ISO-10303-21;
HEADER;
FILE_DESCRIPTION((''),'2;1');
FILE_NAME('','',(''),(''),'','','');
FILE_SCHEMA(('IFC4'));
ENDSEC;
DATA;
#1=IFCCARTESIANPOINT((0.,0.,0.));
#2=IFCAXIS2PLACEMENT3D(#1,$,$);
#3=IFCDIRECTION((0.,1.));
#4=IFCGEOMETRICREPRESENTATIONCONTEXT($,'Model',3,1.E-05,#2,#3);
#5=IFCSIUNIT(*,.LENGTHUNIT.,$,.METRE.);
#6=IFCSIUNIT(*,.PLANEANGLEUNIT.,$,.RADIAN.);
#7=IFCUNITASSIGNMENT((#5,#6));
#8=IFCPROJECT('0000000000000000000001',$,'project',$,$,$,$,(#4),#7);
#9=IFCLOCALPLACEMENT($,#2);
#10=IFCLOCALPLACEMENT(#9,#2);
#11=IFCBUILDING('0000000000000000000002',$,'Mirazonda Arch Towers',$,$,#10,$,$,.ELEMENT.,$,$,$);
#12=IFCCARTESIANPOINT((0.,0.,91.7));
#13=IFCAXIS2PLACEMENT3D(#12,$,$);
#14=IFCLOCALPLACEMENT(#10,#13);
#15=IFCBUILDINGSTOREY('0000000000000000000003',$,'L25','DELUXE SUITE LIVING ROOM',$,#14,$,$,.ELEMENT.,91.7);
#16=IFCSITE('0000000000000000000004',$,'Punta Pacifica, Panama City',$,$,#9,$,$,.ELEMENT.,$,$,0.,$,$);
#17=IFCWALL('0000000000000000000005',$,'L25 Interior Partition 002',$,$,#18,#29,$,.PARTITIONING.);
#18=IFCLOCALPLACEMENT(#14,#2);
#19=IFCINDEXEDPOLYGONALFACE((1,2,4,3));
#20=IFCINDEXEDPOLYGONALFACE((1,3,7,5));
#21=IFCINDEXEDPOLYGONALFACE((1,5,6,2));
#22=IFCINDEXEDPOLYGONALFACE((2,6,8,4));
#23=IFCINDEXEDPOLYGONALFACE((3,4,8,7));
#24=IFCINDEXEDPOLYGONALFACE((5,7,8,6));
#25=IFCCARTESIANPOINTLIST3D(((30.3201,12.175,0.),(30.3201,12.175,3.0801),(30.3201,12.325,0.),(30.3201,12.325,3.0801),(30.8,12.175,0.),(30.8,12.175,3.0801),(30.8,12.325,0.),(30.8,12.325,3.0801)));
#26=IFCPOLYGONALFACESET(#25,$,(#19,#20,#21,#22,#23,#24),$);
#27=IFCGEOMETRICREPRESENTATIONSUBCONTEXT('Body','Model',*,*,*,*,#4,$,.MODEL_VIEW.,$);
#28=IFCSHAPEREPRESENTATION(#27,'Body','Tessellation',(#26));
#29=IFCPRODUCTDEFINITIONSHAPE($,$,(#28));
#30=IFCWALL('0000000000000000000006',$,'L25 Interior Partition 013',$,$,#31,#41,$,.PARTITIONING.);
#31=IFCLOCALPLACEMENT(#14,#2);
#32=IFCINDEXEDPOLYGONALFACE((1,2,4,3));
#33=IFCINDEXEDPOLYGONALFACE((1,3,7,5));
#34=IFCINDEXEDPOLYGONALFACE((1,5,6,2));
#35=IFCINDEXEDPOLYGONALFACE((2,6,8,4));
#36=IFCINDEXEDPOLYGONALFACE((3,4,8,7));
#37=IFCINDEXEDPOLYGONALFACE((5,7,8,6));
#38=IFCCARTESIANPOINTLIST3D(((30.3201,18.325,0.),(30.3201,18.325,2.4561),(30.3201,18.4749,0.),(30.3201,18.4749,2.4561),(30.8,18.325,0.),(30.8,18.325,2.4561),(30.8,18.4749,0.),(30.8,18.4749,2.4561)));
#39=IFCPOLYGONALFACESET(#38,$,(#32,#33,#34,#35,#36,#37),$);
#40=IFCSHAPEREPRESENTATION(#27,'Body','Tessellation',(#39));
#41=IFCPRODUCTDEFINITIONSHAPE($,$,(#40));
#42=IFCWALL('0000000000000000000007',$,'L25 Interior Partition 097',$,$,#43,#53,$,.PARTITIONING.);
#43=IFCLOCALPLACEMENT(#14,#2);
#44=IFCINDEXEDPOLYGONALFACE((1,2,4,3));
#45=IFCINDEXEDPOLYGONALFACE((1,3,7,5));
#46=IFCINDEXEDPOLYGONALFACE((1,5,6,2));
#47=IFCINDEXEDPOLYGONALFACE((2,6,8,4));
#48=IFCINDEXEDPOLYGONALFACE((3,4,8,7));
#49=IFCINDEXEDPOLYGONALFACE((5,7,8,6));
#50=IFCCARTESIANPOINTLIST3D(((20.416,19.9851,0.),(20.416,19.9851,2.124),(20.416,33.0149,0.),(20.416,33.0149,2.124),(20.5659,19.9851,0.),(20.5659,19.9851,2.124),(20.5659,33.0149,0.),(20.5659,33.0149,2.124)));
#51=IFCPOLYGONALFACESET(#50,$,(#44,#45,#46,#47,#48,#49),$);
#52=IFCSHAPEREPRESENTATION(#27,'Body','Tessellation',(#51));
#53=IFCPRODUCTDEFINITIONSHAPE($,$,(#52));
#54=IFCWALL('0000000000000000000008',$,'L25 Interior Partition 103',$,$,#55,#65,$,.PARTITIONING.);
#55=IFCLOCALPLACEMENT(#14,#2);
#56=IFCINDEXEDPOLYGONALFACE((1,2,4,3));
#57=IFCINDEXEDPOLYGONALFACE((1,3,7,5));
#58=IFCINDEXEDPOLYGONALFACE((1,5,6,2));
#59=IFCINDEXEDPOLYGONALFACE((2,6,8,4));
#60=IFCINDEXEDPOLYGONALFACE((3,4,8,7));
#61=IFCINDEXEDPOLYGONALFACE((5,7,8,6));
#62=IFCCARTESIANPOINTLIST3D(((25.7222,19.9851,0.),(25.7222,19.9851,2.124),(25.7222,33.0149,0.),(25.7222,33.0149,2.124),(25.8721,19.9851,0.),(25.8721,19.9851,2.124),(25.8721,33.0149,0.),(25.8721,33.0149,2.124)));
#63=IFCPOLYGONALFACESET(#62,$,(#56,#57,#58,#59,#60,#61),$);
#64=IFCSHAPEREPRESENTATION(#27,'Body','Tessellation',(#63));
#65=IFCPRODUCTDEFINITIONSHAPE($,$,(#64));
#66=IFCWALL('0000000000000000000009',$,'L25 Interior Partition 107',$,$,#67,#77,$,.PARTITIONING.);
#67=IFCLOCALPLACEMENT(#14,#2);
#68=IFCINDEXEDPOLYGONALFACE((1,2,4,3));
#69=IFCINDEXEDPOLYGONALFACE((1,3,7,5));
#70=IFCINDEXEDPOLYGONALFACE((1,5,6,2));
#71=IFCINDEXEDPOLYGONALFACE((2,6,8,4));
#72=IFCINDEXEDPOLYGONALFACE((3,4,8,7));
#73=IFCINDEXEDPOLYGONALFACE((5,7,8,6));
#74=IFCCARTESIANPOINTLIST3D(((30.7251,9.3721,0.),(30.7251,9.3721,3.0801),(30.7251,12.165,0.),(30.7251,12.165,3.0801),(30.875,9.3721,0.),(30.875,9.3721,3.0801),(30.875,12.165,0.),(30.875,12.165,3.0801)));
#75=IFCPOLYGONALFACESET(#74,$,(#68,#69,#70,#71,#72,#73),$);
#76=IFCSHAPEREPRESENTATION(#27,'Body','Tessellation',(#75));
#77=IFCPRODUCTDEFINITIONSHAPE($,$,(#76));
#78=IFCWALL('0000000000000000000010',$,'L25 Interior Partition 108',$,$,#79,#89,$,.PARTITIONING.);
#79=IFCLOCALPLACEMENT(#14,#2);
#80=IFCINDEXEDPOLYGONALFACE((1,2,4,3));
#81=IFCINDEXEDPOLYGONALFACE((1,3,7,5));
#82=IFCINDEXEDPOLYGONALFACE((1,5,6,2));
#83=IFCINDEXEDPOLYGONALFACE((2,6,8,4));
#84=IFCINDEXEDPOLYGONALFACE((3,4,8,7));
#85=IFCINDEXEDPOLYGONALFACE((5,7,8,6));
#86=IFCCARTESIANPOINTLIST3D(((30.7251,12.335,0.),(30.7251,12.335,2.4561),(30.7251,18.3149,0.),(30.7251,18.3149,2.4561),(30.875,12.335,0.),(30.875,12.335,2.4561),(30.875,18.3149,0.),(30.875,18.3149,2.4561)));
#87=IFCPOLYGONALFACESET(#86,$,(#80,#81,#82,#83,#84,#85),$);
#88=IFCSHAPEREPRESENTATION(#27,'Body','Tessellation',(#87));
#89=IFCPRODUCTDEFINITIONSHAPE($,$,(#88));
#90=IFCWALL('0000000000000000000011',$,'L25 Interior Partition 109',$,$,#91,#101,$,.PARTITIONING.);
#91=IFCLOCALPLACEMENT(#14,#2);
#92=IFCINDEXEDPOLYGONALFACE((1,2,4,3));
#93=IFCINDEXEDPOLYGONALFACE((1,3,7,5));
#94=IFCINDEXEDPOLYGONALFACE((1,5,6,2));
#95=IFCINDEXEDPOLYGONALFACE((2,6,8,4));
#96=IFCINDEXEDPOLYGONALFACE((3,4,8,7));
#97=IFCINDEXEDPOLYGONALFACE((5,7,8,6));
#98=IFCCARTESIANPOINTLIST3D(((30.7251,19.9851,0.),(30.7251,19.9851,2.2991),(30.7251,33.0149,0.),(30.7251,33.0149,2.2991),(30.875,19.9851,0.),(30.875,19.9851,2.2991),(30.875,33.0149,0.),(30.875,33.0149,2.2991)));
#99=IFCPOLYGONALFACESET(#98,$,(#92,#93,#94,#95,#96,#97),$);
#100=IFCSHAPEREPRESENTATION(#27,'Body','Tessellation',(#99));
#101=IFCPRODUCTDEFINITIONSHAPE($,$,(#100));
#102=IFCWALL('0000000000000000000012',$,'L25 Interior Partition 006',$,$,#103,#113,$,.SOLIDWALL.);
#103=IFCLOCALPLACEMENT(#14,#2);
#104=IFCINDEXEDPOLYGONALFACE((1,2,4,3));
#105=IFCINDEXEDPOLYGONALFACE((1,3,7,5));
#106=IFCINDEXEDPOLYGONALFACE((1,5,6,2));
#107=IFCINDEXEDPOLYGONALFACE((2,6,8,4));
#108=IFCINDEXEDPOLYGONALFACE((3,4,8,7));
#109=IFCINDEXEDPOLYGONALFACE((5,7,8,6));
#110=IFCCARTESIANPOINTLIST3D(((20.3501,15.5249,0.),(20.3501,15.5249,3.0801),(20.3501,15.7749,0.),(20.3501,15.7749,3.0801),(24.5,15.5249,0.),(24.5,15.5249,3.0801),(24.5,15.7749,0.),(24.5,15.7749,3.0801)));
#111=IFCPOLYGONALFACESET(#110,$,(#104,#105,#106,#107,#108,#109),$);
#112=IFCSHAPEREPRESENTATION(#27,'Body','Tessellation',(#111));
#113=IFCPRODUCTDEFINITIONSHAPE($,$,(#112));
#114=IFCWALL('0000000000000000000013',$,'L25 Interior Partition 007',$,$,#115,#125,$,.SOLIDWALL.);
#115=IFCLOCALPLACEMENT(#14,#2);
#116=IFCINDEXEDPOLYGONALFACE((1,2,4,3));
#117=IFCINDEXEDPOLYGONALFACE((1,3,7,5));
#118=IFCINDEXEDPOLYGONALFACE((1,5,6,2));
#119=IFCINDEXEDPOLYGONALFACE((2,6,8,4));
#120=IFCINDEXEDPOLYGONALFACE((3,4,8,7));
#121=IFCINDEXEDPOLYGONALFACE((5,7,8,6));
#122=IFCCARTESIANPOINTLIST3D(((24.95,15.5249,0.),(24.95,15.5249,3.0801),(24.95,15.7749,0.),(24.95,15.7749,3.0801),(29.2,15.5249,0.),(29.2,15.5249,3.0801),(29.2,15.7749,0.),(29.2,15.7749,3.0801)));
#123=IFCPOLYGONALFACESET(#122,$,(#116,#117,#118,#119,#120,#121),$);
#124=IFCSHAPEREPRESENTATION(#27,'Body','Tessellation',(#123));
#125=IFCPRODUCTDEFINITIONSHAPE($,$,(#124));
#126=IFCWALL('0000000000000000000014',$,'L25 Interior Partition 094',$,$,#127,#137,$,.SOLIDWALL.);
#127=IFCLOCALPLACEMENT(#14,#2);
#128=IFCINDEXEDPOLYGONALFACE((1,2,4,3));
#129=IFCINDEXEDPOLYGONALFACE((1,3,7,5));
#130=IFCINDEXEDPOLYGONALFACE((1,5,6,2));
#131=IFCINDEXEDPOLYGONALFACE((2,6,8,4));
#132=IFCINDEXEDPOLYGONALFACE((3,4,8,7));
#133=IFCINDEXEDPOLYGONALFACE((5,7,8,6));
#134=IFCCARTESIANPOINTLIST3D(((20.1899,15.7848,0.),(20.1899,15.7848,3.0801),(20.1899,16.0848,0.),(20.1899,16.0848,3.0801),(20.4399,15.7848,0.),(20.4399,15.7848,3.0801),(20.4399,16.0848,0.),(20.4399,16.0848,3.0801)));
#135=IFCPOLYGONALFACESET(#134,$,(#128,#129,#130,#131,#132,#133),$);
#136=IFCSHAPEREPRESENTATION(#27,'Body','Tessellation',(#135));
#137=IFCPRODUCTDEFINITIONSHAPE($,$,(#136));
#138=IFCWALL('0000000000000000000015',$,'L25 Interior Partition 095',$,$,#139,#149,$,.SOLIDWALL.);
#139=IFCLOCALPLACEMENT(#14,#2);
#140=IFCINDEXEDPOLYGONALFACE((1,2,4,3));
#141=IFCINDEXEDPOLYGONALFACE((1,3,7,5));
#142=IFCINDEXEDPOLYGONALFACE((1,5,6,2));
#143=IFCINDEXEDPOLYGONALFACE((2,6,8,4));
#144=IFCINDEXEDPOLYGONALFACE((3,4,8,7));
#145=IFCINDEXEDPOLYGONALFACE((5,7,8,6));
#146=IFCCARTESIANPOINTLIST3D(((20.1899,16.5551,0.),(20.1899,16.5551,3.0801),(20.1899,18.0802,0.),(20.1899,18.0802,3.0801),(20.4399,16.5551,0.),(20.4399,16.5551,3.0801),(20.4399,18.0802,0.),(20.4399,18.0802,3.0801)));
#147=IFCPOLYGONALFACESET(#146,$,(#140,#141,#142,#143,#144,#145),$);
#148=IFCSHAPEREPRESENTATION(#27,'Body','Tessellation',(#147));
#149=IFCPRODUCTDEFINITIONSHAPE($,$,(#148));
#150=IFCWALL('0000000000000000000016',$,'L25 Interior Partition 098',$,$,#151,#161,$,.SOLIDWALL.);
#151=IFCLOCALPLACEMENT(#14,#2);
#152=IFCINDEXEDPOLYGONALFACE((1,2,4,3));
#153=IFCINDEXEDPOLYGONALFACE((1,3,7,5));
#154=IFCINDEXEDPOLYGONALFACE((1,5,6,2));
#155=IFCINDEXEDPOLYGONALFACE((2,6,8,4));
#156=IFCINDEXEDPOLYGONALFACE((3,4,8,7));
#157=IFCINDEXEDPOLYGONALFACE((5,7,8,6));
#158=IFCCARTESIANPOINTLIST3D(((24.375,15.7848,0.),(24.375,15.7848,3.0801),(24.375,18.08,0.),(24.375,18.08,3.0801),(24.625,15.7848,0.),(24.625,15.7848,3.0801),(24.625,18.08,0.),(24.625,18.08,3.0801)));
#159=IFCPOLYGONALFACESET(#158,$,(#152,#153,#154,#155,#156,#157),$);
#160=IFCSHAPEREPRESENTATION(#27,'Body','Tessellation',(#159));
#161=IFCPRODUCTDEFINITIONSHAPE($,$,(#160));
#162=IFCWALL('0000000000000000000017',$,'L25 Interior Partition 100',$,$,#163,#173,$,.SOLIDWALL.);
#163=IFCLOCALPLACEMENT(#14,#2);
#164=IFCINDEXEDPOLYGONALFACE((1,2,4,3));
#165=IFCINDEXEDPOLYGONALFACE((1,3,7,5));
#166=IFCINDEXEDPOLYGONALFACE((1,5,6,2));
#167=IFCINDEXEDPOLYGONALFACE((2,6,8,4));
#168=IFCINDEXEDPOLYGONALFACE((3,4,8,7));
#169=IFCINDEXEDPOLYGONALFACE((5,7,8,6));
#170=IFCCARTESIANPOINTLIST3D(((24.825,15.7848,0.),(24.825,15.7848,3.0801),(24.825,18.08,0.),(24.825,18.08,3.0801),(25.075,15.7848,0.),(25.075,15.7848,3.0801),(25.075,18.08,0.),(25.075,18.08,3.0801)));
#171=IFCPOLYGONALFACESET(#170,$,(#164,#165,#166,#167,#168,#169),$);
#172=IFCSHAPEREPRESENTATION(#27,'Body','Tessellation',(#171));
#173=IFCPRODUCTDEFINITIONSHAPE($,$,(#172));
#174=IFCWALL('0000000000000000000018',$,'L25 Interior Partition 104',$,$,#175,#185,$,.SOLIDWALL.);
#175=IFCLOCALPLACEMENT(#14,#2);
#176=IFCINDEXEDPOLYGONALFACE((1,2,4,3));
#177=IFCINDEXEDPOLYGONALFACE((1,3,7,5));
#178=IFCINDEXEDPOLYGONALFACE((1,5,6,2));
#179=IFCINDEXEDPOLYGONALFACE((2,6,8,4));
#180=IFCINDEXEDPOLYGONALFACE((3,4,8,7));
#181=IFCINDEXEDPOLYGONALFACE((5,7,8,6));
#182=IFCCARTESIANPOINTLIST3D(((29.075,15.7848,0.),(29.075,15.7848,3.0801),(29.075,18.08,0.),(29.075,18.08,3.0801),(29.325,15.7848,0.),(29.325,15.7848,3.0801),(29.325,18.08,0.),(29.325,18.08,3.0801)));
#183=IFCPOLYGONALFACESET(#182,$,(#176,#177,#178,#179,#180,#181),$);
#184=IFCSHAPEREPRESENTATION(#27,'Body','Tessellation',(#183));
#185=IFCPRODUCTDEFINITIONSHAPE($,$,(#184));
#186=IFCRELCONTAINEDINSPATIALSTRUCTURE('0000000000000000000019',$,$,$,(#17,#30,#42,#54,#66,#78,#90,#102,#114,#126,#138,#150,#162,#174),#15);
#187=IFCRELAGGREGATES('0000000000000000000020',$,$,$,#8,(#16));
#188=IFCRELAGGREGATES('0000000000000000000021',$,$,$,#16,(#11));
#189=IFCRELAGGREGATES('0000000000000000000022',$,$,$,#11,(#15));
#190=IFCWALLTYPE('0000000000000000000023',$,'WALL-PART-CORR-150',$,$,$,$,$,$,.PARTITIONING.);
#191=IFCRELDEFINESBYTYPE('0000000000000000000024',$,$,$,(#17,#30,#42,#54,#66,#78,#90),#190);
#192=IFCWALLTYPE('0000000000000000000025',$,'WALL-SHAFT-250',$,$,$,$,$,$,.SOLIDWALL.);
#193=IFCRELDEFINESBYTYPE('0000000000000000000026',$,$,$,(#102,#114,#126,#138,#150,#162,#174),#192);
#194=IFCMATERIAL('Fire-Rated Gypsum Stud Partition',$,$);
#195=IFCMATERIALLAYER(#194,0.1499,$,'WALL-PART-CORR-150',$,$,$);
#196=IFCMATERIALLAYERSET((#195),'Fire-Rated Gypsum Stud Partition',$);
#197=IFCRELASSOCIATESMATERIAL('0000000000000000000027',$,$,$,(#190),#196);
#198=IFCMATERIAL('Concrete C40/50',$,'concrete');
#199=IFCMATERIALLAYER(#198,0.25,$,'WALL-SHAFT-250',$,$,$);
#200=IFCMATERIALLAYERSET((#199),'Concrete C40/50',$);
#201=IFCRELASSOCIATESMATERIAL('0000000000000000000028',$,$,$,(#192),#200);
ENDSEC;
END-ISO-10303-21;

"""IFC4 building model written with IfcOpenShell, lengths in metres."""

from ifc_helpers import new_model, si_unit, direction, frame, frame_2d, origin, place, context, subcontext, project, spatial, rectangle, extrude, material, layer, layer_set, type_object, element, save


model = new_model("IFC4")

# Units and contexts
model_context = context("Model", 3, precision=1e-05, world=origin(), true_north=direction((0.0, 1.0)))
body_context = subcontext(model_context, "Body", "Model", "MODEL_VIEW")
ifc_project = project(units=[si_unit("LENGTHUNIT", "METRE"), si_unit("PLANEANGLEUNIT", "RADIAN")], contexts=[model_context])

# Site, building, storey
site_placement = place(None, origin())
site = spatial("IfcSite", under=ifc_project, at=site_placement, Name="Punta Pacifica, Panama City", CompositionType="ELEMENT", RefElevation=0.0)
building_placement = place(site_placement, origin())
building = spatial("IfcBuilding", under=site, at=building_placement, Name="Mirazonda Arch Towers", CompositionType="ELEMENT")
storey_placement = place(building_placement, frame((0.0, 0.0, 91.7)))
storey = spatial("IfcBuildingStorey", under=building, at=storey_placement, Name="L25", Description="DELUXE SUITE LIVING ROOM", CompositionType="ELEMENT", Elevation=91.7)

# Walls
ifc_material_1 = material(Name="Fire-Rated Gypsum Stud Partition")
ifc_layer_1 = layer(ifc_material_1, 0.1499, Name="WALL-PART-CORR-150")
ifc_layer_set_1 = layer_set([ifc_layer_1], Name="Fire-Rated Gypsum Stud Partition")
wall_type_1 = type_object("IfcWallType", Name="WALL-PART-CORR-150", PredefinedType="PARTITIONING", material=ifc_layer_set_1)
wall_1_placement = place(storey_placement, frame((30.3201, 12.25, 0.0), z_axis=(0.0, 0.0, 1.0), x_axis=(1.0, 0.0, 0.0)))
element("IfcWall", 1, at=wall_1_placement, inside=storey, type_object=wall_type_1, Name="L25 Interior Partition 002", PredefinedType="PARTITIONING", context=body_context, shape_type="SweptSolid", body=[
    extrude(rectangle(XDim=0.48, YDim=0.1499, at=frame_2d((0.24, 0.0))), origin(), (0.0, 0.0, 1.0), 3.0801),
])
wall_2_placement = place(storey_placement, frame((30.3201, 18.3999, 0.0), z_axis=(0.0, 0.0, 1.0), x_axis=(1.0, 0.0, 0.0)))
element("IfcWall", 2, at=wall_2_placement, inside=storey, type_object=wall_type_1, Name="L25 Interior Partition 013", PredefinedType="PARTITIONING", context=body_context, shape_type="SweptSolid", body=[
    extrude(rectangle(XDim=0.48, YDim=0.1499, at=frame_2d((0.24, 0.0))), origin(), (0.0, 0.0, 1.0), 2.4561),
])
for number, where, z_axis, x_axis, name in (
    (3, (20.491, 19.9851, 0.0), (0.0, 0.0, 1.0), (0.0, 1.0, 0.0), "L25 Interior Partition 097"),
    (4, (25.7971, 19.9851, 0.0), (0.0, 0.0, 1.0), (0.0, 1.0, 0.0), "L25 Interior Partition 103"),
):
    element("IfcWall", number, at=place(storey_placement, frame(where, z_axis=z_axis, x_axis=x_axis)), inside=storey, type_object=wall_type_1, Name=name, PredefinedType="PARTITIONING", context=body_context, shape_type="SweptSolid", body=[
        extrude(rectangle(XDim=13.0298, YDim=0.1499, at=frame_2d((6.5149, 0.0))), origin(), (0.0, 0.0, 1.0), 2.124),
    ])
wall_3_placement = place(storey_placement, frame((30.8, 9.3721, 0.0), z_axis=(0.0, 0.0, 1.0), x_axis=(0.0, 1.0, 0.0)))
element("IfcWall", 5, at=wall_3_placement, inside=storey, type_object=wall_type_1, Name="L25 Interior Partition 107", PredefinedType="PARTITIONING", context=body_context, shape_type="SweptSolid", body=[
    extrude(rectangle(XDim=2.793, YDim=0.1499, at=frame_2d((1.3965, 0.0))), origin(), (0.0, 0.0, 1.0), 3.0801),
])
wall_4_placement = place(storey_placement, frame((30.8, 12.335, 0.0), z_axis=(0.0, 0.0, 1.0), x_axis=(0.0, 1.0, 0.0)))
element("IfcWall", 6, at=wall_4_placement, inside=storey, type_object=wall_type_1, Name="L25 Interior Partition 108", PredefinedType="PARTITIONING", context=body_context, shape_type="SweptSolid", body=[
    extrude(rectangle(XDim=5.98, YDim=0.1499, at=frame_2d((2.99, 0.0))), origin(), (0.0, 0.0, 1.0), 2.4561),
])
wall_5_placement = place(storey_placement, frame((30.8, 19.9851, 0.0), z_axis=(0.0, 0.0, 1.0), x_axis=(0.0, 1.0, 0.0)))
element("IfcWall", 7, at=wall_5_placement, inside=storey, type_object=wall_type_1, Name="L25 Interior Partition 109", PredefinedType="PARTITIONING", context=body_context, shape_type="SweptSolid", body=[
    extrude(rectangle(XDim=13.0298, YDim=0.1499, at=frame_2d((6.5149, 0.0))), origin(), (0.0, 0.0, 1.0), 2.2991),
])
ifc_material_2 = material(Name="Concrete C40/50", Category="concrete")
ifc_layer_2 = layer(ifc_material_2, 0.25, Name="WALL-SHAFT-250")
ifc_layer_set_2 = layer_set([ifc_layer_2], Name="Concrete C40/50")
wall_type_2 = type_object("IfcWallType", Name="WALL-SHAFT-250", PredefinedType="SOLIDWALL", material=ifc_layer_set_2)
wall_6_placement = place(storey_placement, frame((20.3501, 15.6499, 0.0), z_axis=(0.0, 0.0, 1.0), x_axis=(1.0, 0.0, 0.0)))
element("IfcWall", 8, at=wall_6_placement, inside=storey, type_object=wall_type_2, Name="L25 Interior Partition 006", PredefinedType="SOLIDWALL", context=body_context, shape_type="SweptSolid", body=[
    extrude(rectangle(XDim=4.1499, YDim=0.25, at=frame_2d((2.075, 0.0))), origin(), (0.0, 0.0, 1.0), 3.0801),
])
wall_7_placement = place(storey_placement, frame((24.95, 15.6499, 0.0), z_axis=(0.0, 0.0, 1.0), x_axis=(1.0, 0.0, 0.0)))
element("IfcWall", 9, at=wall_7_placement, inside=storey, type_object=wall_type_2, Name="L25 Interior Partition 007", PredefinedType="SOLIDWALL", context=body_context, shape_type="SweptSolid", body=[
    extrude(rectangle(XDim=4.25, YDim=0.25, at=frame_2d((2.125, 0.0))), origin(), (0.0, 0.0, 1.0), 3.0801),
])
wall_8_placement = place(storey_placement, frame((20.3149, 15.7849, 0.0), z_axis=(0.0, 0.0, 1.0), x_axis=(0.0, 1.0, 0.0)))
element("IfcWall", 10, at=wall_8_placement, inside=storey, type_object=wall_type_2, Name="L25 Interior Partition 094", PredefinedType="SOLIDWALL", context=body_context, shape_type="SweptSolid", body=[
    extrude(rectangle(XDim=0.3, YDim=0.25, at=frame_2d((0.1499, 0.0))), origin(), (0.0, 0.0, 1.0), 3.0801),
])
wall_9_placement = place(storey_placement, frame((20.3149, 16.5549, 0.0), z_axis=(0.0, 0.0, 1.0), x_axis=(0.0, 1.0, 0.0)))
element("IfcWall", 11, at=wall_9_placement, inside=storey, type_object=wall_type_2, Name="L25 Interior Partition 095", PredefinedType="SOLIDWALL", context=body_context, shape_type="SweptSolid", body=[
    extrude(rectangle(XDim=1.5251, YDim=0.25, at=frame_2d((0.7627, 0.0))), origin(), (0.0, 0.0, 1.0), 3.0801),
])
for number, where, z_axis, x_axis, name in (
    (12, (24.5, 15.7849, 0.0), (0.0, 0.0, 1.0), (0.0, 1.0, 0.0), "L25 Interior Partition 098"),
    (13, (24.95, 15.7849, 0.0), (0.0, 0.0, 1.0), (0.0, 1.0, 0.0), "L25 Interior Partition 100"),
    (14, (29.2, 15.7849, 0.0), (0.0, 0.0, 1.0), (0.0, 1.0, 0.0), "L25 Interior Partition 104"),
):
    element("IfcWall", number, at=place(storey_placement, frame(where, z_axis=z_axis, x_axis=x_axis)), inside=storey, type_object=wall_type_2, Name=name, PredefinedType="SOLIDWALL", context=body_context, shape_type="SweptSolid", body=[
        extrude(rectangle(XDim=2.2952, YDim=0.25, at=frame_2d((1.1475, 0.0))), origin(), (0.0, 0.0, 1.0), 3.0801),
    ])

save(model, "model.ifc")
